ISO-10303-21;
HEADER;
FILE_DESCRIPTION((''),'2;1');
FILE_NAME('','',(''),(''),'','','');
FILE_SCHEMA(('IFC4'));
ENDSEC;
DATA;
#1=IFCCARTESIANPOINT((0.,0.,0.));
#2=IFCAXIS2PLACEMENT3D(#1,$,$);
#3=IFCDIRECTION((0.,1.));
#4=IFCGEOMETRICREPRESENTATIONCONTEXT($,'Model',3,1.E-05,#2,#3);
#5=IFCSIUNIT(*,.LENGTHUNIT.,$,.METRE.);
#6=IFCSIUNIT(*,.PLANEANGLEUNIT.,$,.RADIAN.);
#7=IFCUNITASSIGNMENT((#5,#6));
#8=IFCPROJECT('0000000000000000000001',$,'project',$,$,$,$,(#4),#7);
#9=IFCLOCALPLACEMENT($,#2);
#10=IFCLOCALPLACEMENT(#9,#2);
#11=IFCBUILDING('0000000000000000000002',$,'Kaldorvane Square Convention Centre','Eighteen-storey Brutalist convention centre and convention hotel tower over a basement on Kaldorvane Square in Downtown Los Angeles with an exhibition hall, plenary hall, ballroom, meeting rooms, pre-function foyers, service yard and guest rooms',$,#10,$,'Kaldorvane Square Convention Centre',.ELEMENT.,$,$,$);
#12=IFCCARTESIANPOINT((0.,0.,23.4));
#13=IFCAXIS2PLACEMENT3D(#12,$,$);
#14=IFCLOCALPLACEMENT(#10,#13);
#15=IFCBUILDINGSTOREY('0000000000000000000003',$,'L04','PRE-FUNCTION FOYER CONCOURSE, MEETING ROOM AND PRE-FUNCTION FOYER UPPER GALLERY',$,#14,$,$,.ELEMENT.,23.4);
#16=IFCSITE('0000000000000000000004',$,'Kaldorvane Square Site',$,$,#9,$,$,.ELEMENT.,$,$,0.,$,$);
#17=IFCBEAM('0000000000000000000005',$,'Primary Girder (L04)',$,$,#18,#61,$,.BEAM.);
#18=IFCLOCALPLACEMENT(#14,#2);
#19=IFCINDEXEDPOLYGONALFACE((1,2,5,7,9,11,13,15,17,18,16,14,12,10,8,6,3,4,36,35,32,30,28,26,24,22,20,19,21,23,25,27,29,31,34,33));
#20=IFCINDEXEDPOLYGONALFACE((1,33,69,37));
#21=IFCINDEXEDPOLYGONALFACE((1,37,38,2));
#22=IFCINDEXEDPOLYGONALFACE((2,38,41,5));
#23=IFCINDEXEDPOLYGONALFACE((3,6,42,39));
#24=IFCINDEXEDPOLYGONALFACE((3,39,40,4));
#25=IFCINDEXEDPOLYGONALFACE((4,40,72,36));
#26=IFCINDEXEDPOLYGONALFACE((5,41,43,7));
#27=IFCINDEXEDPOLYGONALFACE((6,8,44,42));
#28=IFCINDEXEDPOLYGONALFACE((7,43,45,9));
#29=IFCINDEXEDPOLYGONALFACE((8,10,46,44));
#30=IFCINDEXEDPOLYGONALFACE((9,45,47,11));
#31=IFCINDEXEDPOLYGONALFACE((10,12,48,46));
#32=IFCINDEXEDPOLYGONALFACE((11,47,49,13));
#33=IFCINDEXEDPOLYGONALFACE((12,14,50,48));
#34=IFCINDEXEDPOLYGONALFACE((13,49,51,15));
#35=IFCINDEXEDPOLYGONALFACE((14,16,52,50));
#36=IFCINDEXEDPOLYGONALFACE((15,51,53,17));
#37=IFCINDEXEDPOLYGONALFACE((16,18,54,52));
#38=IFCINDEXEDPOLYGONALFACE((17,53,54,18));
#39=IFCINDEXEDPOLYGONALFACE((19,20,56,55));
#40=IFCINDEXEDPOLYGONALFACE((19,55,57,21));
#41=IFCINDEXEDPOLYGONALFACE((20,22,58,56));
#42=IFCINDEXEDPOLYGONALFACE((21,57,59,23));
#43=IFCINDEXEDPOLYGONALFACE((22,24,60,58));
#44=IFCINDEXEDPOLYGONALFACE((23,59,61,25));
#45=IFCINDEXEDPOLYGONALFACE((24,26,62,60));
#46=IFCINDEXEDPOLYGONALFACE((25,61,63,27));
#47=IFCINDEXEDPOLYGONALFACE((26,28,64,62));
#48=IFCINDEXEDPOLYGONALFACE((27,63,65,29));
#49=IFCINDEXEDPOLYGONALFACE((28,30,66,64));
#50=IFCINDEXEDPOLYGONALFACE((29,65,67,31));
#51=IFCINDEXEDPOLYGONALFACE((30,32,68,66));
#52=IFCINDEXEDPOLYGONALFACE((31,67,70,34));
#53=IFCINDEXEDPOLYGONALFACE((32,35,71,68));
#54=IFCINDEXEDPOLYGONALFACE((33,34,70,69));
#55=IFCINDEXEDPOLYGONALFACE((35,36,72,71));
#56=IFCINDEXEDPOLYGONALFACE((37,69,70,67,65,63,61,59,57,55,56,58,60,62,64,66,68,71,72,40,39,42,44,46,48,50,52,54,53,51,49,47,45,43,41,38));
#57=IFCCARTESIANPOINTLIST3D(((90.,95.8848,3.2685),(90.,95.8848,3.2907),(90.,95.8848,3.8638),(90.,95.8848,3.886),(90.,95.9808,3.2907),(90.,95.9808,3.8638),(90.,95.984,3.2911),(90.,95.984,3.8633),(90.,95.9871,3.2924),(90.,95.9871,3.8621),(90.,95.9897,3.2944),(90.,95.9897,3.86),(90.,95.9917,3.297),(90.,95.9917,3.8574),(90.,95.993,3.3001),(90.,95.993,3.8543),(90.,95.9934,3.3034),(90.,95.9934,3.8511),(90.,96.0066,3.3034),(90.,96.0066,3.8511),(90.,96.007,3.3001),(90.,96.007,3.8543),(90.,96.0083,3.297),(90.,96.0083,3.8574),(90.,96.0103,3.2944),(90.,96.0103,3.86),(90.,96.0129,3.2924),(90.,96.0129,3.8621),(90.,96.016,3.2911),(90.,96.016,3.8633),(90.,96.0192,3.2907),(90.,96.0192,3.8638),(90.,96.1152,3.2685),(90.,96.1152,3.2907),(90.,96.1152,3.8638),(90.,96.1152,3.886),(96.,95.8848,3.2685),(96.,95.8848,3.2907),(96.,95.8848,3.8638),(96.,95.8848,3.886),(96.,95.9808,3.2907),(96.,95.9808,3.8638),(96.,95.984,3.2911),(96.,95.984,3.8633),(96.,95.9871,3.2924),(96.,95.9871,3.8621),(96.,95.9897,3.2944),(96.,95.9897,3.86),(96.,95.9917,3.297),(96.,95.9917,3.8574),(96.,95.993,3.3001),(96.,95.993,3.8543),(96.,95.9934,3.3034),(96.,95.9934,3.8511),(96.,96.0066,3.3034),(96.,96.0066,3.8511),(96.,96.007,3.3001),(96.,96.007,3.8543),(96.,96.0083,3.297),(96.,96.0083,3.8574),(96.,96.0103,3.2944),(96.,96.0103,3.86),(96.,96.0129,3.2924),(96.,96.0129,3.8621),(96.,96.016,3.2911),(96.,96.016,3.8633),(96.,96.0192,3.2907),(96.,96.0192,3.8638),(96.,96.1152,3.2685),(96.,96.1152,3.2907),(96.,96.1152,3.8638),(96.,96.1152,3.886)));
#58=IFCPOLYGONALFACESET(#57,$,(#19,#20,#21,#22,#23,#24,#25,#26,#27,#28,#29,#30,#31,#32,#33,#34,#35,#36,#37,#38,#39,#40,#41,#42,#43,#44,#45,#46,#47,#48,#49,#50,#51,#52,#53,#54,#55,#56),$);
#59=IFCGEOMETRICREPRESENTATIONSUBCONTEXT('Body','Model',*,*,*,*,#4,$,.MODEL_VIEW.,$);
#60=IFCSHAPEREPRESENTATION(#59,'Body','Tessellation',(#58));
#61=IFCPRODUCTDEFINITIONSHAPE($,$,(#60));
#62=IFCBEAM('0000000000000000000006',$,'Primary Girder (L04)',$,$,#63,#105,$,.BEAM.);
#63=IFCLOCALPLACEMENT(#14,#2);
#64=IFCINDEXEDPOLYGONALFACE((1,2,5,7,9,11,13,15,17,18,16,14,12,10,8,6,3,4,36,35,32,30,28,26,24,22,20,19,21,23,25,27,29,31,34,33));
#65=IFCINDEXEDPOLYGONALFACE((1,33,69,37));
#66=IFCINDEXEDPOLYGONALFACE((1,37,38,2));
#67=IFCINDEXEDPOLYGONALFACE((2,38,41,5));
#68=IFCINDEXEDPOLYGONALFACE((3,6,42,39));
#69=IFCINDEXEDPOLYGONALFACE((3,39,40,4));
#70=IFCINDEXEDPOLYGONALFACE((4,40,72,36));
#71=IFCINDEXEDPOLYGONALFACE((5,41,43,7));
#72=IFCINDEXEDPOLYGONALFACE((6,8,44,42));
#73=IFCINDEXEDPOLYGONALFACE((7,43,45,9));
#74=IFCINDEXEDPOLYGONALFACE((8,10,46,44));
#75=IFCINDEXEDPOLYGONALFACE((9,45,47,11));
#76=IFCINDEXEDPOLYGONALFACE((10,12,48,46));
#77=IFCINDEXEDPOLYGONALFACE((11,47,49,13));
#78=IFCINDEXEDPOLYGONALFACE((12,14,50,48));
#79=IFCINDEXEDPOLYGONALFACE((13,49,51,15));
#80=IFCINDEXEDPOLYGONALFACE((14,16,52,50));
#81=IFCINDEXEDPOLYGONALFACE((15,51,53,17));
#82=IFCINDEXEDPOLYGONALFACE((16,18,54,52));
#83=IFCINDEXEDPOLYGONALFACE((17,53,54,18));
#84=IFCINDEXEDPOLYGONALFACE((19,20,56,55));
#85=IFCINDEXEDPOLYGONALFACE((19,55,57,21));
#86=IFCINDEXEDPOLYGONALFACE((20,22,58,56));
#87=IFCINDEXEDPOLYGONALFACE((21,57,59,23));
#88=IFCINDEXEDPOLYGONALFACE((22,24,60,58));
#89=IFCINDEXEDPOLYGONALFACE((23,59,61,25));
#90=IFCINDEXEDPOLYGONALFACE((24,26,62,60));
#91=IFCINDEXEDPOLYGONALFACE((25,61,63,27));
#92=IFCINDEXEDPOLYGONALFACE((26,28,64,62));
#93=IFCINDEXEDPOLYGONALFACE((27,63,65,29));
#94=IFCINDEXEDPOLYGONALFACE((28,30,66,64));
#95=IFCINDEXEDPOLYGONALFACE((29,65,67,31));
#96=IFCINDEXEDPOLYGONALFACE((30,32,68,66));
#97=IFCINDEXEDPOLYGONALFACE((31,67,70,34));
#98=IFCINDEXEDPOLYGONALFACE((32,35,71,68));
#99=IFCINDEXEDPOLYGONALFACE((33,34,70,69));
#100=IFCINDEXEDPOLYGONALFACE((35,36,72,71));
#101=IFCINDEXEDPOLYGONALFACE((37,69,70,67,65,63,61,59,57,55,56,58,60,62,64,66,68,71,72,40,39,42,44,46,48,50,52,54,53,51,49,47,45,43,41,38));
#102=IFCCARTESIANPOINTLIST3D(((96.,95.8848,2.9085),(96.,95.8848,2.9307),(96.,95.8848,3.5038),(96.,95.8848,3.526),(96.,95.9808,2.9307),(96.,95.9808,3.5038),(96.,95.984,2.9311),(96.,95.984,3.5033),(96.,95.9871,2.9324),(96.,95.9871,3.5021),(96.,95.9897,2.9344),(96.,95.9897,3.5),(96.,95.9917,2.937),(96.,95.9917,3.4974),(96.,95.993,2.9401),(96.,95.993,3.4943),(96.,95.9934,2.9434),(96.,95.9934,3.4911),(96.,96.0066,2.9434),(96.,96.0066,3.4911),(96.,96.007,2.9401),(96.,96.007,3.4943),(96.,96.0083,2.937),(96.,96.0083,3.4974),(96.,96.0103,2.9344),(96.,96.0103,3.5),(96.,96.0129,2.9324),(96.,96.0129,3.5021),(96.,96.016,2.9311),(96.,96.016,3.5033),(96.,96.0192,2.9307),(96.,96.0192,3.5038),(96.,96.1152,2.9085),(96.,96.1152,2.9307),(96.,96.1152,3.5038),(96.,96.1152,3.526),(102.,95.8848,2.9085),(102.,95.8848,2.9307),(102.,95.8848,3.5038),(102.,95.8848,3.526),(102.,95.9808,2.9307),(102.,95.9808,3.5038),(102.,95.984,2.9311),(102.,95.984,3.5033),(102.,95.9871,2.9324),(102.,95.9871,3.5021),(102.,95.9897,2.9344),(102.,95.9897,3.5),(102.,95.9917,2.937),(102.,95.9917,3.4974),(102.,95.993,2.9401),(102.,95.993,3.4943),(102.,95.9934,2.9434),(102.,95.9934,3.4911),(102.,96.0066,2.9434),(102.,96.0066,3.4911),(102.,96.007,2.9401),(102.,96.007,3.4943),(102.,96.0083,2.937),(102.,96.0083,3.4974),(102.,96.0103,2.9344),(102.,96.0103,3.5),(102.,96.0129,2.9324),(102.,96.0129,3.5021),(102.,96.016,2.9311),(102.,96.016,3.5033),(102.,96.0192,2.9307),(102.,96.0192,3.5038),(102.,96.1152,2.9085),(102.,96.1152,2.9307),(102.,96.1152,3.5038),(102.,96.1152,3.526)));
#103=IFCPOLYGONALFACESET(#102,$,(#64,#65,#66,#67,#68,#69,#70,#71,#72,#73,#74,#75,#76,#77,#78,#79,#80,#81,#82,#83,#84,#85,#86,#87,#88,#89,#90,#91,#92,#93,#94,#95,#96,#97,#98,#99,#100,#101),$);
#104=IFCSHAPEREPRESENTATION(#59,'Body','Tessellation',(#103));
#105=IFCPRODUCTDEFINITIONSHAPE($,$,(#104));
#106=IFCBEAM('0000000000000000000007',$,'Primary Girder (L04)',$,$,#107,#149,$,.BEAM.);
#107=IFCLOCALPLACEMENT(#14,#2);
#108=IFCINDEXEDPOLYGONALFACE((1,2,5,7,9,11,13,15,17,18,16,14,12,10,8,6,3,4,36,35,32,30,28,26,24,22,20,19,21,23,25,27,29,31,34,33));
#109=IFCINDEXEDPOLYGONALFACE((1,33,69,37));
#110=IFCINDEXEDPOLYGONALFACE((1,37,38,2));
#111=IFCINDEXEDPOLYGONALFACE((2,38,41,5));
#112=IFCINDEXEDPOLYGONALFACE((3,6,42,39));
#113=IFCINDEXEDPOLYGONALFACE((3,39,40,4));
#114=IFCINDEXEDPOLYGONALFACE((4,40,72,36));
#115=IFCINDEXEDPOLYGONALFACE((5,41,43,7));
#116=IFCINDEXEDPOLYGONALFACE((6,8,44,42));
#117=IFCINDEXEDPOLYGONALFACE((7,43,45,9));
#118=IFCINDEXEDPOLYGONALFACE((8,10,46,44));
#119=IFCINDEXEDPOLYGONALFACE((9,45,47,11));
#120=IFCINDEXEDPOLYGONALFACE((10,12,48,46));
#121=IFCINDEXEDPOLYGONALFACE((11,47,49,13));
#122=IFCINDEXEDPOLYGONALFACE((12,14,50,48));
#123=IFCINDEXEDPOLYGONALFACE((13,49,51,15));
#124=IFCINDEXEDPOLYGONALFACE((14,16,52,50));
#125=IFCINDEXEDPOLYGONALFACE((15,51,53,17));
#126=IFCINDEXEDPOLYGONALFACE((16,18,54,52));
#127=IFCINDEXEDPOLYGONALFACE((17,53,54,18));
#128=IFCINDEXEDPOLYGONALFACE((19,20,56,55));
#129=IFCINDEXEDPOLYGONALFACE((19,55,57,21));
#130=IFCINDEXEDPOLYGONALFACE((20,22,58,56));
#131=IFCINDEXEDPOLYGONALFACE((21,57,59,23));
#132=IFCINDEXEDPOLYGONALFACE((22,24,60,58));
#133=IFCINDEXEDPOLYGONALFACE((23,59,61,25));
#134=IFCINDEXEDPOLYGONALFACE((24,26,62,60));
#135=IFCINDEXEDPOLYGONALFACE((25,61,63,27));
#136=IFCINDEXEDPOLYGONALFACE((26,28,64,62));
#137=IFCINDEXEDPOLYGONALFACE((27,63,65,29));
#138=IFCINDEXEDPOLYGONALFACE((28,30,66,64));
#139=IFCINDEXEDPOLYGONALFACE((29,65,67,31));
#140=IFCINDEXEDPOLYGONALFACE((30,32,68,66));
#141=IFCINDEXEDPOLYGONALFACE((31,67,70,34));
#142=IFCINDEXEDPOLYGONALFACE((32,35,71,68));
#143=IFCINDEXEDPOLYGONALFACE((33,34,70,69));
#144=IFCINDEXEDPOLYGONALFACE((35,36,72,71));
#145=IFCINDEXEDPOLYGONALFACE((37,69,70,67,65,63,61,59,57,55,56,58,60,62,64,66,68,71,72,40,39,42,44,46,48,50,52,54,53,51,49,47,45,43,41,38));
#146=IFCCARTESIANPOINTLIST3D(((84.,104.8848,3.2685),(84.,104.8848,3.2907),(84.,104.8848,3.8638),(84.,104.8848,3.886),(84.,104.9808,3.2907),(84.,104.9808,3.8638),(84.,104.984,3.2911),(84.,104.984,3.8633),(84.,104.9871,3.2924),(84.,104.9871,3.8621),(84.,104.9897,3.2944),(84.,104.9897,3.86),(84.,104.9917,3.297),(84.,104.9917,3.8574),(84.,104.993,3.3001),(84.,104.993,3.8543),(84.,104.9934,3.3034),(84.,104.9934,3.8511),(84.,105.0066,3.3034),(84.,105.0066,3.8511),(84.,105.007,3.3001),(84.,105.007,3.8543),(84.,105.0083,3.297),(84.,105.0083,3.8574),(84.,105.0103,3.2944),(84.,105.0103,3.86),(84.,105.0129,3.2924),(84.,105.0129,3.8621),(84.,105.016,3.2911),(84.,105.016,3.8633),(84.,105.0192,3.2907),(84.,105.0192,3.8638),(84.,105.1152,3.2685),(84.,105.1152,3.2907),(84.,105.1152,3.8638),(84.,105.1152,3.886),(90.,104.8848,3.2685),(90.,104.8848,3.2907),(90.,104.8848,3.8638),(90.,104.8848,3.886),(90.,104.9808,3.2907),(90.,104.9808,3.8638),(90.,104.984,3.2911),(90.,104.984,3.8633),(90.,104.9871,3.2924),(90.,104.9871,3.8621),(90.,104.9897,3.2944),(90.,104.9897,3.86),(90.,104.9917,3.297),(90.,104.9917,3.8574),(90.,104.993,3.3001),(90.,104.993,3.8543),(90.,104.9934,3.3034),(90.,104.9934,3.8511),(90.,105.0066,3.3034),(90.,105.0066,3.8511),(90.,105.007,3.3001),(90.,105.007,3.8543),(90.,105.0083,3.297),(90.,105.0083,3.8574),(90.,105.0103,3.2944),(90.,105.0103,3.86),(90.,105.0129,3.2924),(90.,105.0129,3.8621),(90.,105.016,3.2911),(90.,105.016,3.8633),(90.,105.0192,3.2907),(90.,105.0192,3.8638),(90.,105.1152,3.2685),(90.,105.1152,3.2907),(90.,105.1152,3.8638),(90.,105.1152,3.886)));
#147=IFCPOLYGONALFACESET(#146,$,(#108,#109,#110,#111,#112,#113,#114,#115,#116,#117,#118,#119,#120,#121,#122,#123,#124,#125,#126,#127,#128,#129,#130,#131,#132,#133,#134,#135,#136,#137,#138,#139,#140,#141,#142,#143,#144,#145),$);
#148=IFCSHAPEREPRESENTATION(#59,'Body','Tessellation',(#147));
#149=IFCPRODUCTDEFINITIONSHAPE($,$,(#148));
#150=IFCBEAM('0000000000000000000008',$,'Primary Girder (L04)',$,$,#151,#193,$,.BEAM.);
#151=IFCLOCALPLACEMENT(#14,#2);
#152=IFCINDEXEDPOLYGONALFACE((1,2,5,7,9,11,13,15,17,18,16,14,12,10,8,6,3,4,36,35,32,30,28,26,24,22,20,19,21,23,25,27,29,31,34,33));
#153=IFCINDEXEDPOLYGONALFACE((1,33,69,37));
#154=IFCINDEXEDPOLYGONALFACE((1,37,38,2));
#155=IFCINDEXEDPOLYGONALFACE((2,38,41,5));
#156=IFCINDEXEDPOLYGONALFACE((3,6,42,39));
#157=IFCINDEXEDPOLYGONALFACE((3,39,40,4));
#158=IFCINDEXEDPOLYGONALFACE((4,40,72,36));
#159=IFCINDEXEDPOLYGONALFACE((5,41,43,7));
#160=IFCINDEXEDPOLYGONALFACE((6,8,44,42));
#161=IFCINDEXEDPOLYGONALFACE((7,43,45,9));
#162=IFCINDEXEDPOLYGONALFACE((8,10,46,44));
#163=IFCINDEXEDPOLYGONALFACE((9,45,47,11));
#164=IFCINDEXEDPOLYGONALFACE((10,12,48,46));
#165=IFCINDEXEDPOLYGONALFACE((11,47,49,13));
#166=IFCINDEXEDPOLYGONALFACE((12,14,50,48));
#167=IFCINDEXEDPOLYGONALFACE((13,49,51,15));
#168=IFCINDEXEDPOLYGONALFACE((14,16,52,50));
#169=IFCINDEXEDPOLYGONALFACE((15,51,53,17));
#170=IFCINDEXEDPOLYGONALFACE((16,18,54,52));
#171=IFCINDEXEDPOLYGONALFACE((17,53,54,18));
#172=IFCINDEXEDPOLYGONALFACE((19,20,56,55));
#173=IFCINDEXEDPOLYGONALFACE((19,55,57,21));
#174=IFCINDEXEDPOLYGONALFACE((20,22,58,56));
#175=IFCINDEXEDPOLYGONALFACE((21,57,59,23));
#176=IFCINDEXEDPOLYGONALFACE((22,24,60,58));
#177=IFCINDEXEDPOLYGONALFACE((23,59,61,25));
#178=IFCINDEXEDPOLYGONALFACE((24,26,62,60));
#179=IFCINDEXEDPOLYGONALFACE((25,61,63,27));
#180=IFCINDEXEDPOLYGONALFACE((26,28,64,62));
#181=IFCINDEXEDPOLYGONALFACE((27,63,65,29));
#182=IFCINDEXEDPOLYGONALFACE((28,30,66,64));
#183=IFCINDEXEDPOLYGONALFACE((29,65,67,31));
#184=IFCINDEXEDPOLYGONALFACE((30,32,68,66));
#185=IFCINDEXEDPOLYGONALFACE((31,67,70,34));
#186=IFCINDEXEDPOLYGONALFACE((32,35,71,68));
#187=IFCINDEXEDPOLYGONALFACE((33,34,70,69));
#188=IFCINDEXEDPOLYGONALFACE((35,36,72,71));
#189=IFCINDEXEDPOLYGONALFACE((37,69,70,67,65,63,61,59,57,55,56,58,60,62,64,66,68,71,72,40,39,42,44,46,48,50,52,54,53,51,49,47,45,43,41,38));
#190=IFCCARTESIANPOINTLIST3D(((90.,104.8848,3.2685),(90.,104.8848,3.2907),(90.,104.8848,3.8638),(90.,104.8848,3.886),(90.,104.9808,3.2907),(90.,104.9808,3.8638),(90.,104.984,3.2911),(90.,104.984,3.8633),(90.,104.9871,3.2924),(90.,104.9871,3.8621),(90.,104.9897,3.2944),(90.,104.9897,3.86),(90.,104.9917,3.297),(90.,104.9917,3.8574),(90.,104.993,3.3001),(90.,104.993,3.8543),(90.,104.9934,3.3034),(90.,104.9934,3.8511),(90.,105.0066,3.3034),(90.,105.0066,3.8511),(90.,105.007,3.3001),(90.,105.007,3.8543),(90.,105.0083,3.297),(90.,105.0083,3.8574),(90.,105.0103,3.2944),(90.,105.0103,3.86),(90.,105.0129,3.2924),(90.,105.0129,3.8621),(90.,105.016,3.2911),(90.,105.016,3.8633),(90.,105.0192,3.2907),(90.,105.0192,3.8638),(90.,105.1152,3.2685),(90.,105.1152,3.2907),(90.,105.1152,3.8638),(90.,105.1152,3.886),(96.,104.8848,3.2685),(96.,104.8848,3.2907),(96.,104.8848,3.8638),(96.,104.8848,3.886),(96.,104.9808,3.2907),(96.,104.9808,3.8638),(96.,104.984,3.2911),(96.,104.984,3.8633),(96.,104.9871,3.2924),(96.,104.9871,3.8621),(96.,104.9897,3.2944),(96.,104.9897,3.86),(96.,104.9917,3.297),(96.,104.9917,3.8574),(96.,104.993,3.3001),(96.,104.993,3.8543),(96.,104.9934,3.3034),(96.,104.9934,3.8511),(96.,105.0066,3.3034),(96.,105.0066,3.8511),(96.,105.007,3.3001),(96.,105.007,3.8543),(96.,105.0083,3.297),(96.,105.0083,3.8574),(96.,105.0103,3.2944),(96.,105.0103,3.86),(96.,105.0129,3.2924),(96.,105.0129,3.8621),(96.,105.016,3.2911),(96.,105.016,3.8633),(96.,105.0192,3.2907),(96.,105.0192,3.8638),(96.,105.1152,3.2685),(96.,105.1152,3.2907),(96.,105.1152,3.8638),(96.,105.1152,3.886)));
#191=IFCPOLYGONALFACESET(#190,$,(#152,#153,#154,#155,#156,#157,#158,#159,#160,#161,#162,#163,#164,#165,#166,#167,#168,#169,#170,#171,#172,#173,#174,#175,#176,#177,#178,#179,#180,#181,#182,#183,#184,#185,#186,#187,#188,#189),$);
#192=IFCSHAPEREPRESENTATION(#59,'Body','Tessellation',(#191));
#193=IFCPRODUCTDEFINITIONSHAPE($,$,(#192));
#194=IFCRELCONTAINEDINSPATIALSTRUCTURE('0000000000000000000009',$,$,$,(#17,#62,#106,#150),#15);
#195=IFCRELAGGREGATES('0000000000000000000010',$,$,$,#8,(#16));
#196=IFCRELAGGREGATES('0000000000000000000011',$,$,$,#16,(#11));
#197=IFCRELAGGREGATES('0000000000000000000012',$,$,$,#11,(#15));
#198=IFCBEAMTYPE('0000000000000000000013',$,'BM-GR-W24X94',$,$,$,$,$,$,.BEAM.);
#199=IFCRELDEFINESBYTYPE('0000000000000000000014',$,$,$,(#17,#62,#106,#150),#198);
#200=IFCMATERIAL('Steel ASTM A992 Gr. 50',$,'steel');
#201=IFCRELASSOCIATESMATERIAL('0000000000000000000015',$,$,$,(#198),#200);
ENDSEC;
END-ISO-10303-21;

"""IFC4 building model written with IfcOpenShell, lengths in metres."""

from ifc_helpers import new_model, si_unit, direction, frame, origin, origin_2d, place, context, subcontext, project, spatial, i_section, extrude, material, material_profile, profile_set, type_object, element, save


model = new_model("IFC4")

# Units and contexts
model_context = context("Model", 3, precision=1e-05, world=origin(), true_north=direction((0.0, 1.0)))
body_context = subcontext(model_context, "Body", "Model", "MODEL_VIEW")
ifc_project = project(units=[si_unit("LENGTHUNIT", "METRE"), si_unit("PLANEANGLEUNIT", "RADIAN")], contexts=[model_context])

# Site, building, storey
site_placement = place(None, origin())
site = spatial("IfcSite", under=ifc_project, at=site_placement, Name="Kaldorvane Square Site", CompositionType="ELEMENT", RefElevation=0.0)
building_placement = place(site_placement, origin())
building = spatial("IfcBuilding", under=site, at=building_placement, Name="Kaldorvane Square Convention Centre", Description="Eighteen-storey Brutalist convention centre and convention hotel tower over a basement on Kaldorvane Square in Downtown Los Angeles with an exhibition hall, plenary hall, ballroom, meeting rooms, pre-function foyers, service yard and guest rooms", LongName="Kaldorvane Square Convention Centre", CompositionType="ELEMENT")
storey_placement = place(building_placement, frame((0.0, 0.0, 23.4)))
storey = spatial("IfcBuildingStorey", under=building, at=storey_placement, Name="L04", Description="PRE-FUNCTION FOYER CONCOURSE, MEETING ROOM AND PRE-FUNCTION FOYER UPPER GALLERY", CompositionType="ELEMENT", Elevation=23.4)

# Shared definitions
ifc_material_1 = material(Name="Steel ASTM A992 Gr. 50", Category="steel")

# Beams
ifc_material_profile_1 = material_profile(ifc_material_1, i_section(OverallWidth=0.2303, OverallDepth=0.6175, WebThickness=0.0131, FlangeThickness=0.0222, FilletRadius=0.0127, at=origin_2d()), Name="W24X94")
ifc_profile_set_1 = profile_set([ifc_material_profile_1], Name="Steel ASTM A992 Gr. 50")
beam_type_1 = type_object("IfcBeamType", Name="BM-GR-W24X94", PredefinedType="BEAM", material=ifc_profile_set_1)
for number, where, z_axis, x_axis, name in (
    (1, (90.0, 96.0, 3.5772), (1.0, 0.0, 0.0), (0.0, 1.0, 0.0), "Primary Girder (L04)"),
    (2, (96.0, 96.0, 3.2172), (1.0, 0.0, 0.0), (0.0, 1.0, 0.0), "Primary Girder (L04)"),
    (3, (84.0, 105.0, 3.5772), (1.0, 0.0, 0.0), (0.0, 1.0, 0.0), "Primary Girder (L04)"),
    (4, (90.0, 105.0, 3.5772), (1.0, 0.0, 0.0), (0.0, 1.0, 0.0), "Primary Girder (L04)"),
):
    element("IfcBeam", number, at=place(storey_placement, frame(where, z_axis=z_axis, x_axis=x_axis)), inside=storey, type_object=beam_type_1, Name=name, PredefinedType="BEAM", context=body_context, shape_type="SweptSolid", body=[
        extrude(i_section(OverallWidth=0.2303, OverallDepth=0.6175, WebThickness=0.0131, FlangeThickness=0.0222, FilletRadius=0.0127, at=origin_2d()), origin(), (0.0, 0.0, 1.0), 6.0),
    ])

save(model, "model.ifc")
